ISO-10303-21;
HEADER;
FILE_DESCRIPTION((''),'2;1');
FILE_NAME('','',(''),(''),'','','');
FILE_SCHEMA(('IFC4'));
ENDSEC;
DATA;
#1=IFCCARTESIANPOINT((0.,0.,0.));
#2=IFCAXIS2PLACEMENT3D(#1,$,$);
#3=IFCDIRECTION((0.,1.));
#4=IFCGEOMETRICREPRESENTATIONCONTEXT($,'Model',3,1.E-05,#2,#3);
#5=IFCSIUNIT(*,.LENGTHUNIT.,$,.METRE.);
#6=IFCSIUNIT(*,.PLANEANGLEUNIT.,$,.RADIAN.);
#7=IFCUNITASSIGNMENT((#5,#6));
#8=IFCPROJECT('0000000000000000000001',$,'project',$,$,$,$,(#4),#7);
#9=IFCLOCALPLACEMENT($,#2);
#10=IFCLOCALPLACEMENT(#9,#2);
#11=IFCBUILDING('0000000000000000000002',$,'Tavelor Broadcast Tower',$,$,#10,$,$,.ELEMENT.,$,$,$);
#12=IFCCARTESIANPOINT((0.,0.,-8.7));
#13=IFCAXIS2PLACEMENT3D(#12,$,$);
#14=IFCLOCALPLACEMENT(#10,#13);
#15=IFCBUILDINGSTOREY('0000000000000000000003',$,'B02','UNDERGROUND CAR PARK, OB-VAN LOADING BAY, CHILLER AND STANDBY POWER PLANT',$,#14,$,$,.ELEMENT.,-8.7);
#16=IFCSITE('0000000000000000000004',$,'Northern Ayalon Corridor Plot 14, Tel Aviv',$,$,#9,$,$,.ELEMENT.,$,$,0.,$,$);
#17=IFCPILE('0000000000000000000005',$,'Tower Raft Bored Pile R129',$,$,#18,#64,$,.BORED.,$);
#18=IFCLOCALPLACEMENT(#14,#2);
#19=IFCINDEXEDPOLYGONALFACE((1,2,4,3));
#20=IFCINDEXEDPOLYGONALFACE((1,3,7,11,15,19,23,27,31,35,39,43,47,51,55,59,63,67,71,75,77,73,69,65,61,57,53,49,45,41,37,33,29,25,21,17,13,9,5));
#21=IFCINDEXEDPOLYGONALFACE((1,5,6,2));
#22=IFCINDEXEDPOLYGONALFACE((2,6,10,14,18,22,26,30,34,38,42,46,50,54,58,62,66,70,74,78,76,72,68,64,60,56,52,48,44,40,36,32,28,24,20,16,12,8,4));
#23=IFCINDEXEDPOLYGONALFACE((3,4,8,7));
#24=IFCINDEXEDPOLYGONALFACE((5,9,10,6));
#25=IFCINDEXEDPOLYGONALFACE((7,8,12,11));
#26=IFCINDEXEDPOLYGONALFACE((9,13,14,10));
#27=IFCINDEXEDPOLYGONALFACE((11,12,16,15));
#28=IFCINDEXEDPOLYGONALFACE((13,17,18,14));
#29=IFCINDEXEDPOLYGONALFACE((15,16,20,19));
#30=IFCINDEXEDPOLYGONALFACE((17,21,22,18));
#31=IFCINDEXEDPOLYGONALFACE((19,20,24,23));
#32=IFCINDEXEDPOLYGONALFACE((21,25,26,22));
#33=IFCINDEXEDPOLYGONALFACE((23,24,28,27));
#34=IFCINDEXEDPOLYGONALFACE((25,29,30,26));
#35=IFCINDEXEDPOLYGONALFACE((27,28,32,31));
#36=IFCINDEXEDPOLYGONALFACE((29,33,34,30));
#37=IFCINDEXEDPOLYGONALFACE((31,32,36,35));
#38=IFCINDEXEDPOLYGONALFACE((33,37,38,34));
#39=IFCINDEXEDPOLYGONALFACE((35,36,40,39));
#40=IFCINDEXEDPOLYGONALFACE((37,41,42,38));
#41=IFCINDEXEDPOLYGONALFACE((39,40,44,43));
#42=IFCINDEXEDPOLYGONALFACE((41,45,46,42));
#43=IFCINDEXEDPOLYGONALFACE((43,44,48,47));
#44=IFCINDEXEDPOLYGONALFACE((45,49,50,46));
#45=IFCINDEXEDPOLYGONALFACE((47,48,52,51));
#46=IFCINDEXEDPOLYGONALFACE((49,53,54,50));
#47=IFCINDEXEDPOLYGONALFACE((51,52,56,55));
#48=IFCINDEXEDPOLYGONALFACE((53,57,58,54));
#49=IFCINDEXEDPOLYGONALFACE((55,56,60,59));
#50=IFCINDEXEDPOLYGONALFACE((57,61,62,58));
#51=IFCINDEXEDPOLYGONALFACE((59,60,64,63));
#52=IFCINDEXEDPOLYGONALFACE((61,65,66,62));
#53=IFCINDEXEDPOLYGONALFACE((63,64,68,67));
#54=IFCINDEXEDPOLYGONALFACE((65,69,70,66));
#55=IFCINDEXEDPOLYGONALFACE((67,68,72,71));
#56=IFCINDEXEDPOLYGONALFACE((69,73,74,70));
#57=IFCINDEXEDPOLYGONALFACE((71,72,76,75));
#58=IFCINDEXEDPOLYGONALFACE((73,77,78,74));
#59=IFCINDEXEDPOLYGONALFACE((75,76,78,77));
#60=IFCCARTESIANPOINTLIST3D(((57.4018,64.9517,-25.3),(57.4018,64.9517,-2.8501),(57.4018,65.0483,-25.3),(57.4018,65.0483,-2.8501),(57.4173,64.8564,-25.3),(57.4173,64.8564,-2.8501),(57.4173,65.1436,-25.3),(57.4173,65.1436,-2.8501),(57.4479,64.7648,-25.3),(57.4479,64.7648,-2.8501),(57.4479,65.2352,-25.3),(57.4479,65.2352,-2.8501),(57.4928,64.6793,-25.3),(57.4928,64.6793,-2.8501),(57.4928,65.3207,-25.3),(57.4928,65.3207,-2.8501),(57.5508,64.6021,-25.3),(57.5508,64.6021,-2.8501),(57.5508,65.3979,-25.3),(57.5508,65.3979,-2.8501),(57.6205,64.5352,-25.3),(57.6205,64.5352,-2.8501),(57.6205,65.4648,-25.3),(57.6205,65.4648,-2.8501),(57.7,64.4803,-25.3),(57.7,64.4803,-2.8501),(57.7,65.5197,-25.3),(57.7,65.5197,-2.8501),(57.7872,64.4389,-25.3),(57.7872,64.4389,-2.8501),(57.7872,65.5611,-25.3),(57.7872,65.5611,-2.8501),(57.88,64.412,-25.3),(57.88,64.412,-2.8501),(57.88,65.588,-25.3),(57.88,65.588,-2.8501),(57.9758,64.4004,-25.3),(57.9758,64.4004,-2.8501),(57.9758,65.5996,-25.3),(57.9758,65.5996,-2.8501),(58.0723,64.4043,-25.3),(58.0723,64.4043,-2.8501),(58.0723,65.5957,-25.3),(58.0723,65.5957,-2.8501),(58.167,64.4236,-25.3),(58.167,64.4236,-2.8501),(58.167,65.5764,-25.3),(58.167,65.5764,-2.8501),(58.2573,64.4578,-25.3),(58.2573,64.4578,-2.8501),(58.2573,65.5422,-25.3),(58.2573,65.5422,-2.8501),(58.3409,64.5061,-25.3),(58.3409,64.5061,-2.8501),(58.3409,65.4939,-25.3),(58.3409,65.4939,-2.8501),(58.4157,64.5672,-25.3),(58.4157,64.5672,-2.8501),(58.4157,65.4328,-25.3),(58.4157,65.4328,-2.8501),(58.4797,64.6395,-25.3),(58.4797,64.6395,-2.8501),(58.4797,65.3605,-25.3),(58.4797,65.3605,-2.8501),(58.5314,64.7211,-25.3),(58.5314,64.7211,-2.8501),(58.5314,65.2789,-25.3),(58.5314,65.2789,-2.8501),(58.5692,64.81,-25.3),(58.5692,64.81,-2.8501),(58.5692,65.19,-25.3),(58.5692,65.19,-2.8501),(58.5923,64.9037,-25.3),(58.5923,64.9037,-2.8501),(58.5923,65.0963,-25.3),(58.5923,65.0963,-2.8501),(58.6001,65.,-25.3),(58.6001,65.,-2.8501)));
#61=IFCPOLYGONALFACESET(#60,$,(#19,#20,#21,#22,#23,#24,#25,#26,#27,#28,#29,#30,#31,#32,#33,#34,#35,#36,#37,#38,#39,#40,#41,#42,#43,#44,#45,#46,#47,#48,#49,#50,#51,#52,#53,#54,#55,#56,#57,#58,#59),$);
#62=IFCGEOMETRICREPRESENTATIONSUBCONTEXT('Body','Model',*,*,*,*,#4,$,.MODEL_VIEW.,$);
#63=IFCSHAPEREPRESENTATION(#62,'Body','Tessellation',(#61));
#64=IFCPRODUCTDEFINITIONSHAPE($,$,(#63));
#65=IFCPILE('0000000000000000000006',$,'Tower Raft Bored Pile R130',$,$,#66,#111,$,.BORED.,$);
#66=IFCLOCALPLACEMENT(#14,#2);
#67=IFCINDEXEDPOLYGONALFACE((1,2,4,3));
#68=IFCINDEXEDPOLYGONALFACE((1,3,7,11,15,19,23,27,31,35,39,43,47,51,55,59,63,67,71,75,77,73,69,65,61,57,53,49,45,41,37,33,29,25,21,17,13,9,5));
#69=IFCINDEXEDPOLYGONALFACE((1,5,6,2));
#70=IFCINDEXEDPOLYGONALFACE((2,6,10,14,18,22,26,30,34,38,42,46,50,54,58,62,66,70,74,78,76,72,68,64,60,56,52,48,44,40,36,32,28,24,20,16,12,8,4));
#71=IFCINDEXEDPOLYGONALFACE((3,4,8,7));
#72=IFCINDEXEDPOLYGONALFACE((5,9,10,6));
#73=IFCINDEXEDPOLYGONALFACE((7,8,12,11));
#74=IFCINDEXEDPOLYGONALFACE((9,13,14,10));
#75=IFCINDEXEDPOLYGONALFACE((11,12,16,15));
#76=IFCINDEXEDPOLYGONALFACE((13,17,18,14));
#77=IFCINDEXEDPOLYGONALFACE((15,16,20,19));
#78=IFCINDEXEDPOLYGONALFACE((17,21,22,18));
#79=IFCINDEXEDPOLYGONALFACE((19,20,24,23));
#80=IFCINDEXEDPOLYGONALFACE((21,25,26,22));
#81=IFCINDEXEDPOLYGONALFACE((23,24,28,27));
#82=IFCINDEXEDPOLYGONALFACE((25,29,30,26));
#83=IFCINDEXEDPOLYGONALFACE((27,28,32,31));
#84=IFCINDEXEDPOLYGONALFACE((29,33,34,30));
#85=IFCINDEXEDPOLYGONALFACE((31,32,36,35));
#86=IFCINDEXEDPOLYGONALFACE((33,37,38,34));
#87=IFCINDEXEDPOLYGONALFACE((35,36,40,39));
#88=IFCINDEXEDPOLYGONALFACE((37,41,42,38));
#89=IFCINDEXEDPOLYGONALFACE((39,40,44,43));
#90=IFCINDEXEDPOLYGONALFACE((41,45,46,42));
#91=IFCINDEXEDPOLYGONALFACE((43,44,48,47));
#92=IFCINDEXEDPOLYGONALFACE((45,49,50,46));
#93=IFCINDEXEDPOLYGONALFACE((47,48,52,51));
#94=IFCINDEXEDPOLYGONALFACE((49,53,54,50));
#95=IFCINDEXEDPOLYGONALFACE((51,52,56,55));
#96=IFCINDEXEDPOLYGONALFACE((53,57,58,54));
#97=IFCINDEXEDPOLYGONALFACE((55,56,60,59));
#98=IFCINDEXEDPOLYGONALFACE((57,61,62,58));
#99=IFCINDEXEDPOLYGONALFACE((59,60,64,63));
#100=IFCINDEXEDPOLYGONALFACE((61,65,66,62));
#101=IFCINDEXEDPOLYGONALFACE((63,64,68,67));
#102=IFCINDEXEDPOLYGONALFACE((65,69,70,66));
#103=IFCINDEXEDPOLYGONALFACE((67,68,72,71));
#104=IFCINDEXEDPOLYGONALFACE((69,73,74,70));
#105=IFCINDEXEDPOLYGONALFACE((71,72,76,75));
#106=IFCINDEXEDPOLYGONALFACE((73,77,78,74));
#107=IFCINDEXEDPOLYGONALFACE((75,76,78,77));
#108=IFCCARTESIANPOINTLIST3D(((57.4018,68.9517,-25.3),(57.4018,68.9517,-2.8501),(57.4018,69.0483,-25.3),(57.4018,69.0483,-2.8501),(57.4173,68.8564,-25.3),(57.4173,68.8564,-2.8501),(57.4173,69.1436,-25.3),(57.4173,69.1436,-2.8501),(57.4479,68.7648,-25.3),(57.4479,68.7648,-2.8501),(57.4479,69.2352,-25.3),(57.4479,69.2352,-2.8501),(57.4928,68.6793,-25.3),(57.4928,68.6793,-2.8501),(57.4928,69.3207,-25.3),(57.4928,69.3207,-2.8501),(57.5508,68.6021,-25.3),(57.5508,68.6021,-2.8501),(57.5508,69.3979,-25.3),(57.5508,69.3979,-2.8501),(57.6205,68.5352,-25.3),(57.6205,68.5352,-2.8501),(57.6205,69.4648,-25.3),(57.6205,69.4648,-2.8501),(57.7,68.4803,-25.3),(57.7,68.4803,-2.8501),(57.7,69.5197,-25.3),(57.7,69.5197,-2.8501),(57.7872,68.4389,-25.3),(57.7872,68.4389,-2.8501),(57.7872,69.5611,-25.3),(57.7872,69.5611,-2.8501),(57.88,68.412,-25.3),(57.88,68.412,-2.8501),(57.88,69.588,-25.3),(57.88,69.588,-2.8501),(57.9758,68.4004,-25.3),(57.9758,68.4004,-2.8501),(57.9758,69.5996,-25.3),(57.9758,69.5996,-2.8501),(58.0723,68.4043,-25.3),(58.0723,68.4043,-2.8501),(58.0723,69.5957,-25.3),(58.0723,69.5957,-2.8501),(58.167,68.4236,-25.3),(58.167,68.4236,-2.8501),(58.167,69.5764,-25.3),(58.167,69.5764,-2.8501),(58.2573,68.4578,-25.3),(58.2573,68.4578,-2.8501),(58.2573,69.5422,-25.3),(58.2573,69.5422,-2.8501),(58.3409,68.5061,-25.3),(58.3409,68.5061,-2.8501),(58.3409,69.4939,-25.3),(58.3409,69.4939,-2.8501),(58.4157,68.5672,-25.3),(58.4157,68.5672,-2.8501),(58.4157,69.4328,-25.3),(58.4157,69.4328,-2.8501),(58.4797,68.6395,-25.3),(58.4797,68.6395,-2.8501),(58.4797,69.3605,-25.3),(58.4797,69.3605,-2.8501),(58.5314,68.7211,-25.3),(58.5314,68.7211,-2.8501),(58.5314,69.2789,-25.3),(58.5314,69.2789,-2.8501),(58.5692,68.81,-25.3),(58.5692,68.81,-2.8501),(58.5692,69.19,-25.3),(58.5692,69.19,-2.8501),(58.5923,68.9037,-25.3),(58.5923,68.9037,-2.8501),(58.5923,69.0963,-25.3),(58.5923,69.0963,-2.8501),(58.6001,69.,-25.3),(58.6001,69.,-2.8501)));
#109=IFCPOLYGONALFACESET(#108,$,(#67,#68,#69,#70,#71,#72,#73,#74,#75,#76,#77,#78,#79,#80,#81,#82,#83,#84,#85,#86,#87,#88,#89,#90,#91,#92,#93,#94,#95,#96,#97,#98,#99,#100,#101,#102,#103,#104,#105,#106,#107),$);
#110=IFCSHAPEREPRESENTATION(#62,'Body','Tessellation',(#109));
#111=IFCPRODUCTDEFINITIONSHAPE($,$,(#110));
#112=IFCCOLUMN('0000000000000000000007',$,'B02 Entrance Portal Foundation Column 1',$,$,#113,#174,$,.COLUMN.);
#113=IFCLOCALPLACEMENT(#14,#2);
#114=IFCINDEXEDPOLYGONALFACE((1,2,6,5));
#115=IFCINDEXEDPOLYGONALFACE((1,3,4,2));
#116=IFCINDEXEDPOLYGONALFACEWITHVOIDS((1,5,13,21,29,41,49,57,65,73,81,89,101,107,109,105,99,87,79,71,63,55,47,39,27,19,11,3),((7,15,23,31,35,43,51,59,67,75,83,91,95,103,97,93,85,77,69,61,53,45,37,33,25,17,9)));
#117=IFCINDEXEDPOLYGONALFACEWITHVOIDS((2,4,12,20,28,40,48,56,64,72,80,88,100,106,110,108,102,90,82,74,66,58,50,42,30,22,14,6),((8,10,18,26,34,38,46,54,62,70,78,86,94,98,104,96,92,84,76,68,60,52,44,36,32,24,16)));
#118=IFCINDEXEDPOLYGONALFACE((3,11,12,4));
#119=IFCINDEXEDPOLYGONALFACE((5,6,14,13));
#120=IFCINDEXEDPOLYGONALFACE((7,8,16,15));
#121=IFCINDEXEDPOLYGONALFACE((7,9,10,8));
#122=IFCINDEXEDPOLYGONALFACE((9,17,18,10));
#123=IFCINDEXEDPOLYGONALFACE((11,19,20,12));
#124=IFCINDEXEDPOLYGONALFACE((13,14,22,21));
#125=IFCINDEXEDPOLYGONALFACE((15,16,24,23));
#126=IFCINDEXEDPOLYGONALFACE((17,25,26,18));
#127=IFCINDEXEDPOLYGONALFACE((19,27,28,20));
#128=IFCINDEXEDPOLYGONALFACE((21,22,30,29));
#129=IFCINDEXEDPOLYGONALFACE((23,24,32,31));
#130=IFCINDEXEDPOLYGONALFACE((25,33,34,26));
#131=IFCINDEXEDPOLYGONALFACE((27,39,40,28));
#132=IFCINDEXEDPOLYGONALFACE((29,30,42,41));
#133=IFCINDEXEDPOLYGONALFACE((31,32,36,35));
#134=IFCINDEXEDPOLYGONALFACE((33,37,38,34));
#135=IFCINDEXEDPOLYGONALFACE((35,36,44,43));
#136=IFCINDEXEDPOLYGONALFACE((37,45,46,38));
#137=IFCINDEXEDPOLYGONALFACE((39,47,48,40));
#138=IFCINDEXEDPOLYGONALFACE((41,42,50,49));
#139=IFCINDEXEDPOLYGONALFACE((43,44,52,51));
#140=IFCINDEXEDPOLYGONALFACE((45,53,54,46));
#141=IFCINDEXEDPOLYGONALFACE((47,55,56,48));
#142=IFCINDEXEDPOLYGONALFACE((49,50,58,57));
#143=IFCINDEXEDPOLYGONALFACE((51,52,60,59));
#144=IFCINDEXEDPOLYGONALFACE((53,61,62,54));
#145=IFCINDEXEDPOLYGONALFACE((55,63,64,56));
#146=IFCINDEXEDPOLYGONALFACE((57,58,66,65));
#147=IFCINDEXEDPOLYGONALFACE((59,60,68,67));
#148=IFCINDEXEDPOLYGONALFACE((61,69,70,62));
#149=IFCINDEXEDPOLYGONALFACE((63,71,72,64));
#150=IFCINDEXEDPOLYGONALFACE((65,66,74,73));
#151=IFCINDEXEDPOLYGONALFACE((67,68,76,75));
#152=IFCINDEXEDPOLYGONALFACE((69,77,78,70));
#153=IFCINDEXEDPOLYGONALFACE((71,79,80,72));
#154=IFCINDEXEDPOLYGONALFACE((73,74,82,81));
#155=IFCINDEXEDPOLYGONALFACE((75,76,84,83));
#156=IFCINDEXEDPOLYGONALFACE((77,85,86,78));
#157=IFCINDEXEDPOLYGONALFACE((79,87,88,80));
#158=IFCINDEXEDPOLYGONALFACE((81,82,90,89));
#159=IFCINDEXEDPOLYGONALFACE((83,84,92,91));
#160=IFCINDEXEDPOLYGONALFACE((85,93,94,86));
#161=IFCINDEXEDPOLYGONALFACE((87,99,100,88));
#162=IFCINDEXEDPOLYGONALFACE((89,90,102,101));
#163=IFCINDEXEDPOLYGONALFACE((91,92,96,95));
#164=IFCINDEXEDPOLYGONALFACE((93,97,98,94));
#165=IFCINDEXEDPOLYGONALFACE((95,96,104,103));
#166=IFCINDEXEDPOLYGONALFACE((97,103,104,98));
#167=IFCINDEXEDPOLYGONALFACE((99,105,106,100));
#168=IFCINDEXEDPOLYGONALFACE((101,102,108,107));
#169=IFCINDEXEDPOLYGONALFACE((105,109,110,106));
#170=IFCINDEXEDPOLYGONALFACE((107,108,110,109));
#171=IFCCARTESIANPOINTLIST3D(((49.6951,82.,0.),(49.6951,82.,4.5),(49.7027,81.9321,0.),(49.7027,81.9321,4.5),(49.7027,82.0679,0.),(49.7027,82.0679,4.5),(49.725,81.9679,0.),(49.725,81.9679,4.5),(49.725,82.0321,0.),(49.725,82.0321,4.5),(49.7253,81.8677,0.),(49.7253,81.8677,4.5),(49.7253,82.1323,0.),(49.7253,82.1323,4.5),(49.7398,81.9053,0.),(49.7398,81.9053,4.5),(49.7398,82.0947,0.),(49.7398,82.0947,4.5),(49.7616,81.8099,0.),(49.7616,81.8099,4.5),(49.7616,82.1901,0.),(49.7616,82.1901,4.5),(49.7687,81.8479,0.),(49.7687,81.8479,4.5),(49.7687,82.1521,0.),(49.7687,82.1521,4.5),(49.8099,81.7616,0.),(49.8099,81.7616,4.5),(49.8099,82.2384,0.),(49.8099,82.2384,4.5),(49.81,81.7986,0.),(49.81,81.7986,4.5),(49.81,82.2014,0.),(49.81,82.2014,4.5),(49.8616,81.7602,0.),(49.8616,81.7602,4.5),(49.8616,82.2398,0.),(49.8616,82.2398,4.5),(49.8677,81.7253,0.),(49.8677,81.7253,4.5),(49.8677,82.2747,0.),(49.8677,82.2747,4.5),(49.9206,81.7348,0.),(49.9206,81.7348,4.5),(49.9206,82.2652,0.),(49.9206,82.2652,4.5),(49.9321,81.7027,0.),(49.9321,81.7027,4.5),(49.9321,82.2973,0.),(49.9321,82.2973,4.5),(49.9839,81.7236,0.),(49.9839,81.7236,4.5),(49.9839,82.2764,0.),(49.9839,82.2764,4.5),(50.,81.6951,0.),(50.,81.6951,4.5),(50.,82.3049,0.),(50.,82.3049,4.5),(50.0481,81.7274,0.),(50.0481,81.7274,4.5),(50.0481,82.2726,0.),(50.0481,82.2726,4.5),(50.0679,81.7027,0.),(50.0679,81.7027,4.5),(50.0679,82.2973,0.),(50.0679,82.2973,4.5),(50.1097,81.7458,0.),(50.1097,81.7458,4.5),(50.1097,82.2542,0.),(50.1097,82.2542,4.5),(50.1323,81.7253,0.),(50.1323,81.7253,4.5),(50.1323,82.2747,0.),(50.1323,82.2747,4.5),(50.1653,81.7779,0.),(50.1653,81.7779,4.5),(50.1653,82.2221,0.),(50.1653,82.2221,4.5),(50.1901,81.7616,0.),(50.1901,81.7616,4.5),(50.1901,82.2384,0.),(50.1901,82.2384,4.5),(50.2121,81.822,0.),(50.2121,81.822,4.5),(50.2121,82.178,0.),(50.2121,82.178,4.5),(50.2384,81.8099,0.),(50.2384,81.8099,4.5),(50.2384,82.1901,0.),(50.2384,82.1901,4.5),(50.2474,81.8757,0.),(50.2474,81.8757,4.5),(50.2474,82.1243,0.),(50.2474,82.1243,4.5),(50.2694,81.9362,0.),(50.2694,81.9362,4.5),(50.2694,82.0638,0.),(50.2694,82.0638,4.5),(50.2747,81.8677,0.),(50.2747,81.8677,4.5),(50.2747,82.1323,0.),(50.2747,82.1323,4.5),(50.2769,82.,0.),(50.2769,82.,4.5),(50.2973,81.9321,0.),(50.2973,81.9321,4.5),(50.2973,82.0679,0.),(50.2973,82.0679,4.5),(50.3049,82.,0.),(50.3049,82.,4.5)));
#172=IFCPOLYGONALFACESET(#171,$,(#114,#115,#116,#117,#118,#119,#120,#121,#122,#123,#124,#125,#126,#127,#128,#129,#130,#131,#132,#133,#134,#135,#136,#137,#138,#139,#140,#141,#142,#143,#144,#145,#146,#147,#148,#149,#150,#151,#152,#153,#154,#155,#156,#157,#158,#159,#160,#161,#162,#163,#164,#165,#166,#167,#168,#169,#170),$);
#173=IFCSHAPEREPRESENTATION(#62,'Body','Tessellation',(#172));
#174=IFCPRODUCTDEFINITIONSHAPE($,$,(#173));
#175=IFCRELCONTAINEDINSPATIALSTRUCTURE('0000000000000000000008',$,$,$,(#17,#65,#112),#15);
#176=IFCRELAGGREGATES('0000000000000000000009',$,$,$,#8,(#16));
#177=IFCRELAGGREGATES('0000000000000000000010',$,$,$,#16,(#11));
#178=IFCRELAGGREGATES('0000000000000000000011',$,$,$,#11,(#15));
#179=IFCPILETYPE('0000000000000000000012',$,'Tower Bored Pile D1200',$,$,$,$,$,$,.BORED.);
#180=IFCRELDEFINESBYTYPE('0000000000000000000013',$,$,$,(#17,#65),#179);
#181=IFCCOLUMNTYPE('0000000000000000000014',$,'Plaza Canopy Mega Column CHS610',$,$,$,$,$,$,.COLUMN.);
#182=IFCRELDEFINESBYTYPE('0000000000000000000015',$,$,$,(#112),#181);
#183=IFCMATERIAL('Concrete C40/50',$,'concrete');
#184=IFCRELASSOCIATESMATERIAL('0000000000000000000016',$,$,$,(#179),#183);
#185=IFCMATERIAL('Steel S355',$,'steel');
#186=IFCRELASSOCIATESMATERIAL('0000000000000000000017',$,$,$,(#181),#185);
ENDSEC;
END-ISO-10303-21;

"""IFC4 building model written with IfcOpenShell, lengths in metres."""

from ifc_helpers import new_model, si_unit, direction, frame, origin, origin_2d, place, context, subcontext, project, spatial, circle, hollow_circle, extrude, material, material_profile, profile_set, type_object, element, save


model = new_model("IFC4")

# Units and contexts
model_context = context("Model", 3, precision=1e-05, world=origin(), true_north=direction((0.0, 1.0)))
body_context = subcontext(model_context, "Body", "Model", "MODEL_VIEW")
ifc_project = project(units=[si_unit("LENGTHUNIT", "METRE"), si_unit("PLANEANGLEUNIT", "RADIAN")], contexts=[model_context])

# Site, building, storey
site_placement = place(None, origin())
site = spatial("IfcSite", under=ifc_project, at=site_placement, Name="Northern Ayalon Corridor Plot 14, Tel Aviv", CompositionType="ELEMENT", RefElevation=0.0)
building_placement = place(site_placement, origin())
building = spatial("IfcBuilding", under=site, at=building_placement, Name="Tavelor Broadcast Tower", CompositionType="ELEMENT")
storey_placement = place(building_placement, frame((0.0, 0.0, -8.7)))
storey = spatial("IfcBuildingStorey", under=building, at=storey_placement, Name="B02", Description="UNDERGROUND CAR PARK, OB-VAN LOADING BAY, CHILLER AND STANDBY POWER PLANT", CompositionType="ELEMENT", Elevation=-8.7)

# Shared definitions
ifc_material_1 = material(Name="Concrete C40/50", Category="concrete")

# Piles
ifc_material_profile_1 = material_profile(ifc_material_1, circle(Radius=0.6001, at=origin_2d()), Name="PILE D1200")
ifc_profile_set_1 = profile_set([ifc_material_profile_1], Name="Concrete C40/50")
pile_type_1 = type_object("IfcPileType", Name="Tower Bored Pile D1200", PredefinedType="BORED", material=ifc_profile_set_1)
for number, where, z_axis, x_axis, name in (
    (1, (58.0, 65.0, -2.8501), (0.0, 0.0, -1.0), (1.0, 0.0, 0.0), "Tower Raft Bored Pile R129"),
    (2, (58.0, 69.0, -2.8501), (0.0, 0.0, -1.0), (1.0, 0.0, 0.0), "Tower Raft Bored Pile R130"),
):
    element("IfcPile", number, at=place(storey_placement, frame(where, z_axis=z_axis, x_axis=x_axis)), inside=storey, type_object=pile_type_1, Name=name, PredefinedType="BORED", context=body_context, shape_type="SweptSolid", body=[
        extrude(circle(Radius=0.6001, at=origin_2d()), origin(), (0.0, 0.0, 1.0), 22.45),
    ])

# Column
ifc_material_2 = material(Name="Steel S355", Category="steel")
ifc_material_profile_2 = material_profile(ifc_material_2, hollow_circle(Radius=0.3049, WallThickness=0.0281, at=origin_2d()), Name="CHS 610x28")
ifc_profile_set_2 = profile_set([ifc_material_profile_2], Name="Steel S355")
column_type_1 = type_object("IfcColumnType", Name="Plaza Canopy Mega Column CHS610", PredefinedType="COLUMN", material=ifc_profile_set_2)
column_1_placement = place(storey_placement, frame((50.0, 82.0, 0.0), z_axis=(0.0, 0.0, 1.0), x_axis=(1.0, 0.0, 0.0)))
element("IfcColumn", 3, at=column_1_placement, inside=storey, type_object=column_type_1, Name="B02 Entrance Portal Foundation Column 1", PredefinedType="COLUMN", context=body_context, shape_type="SweptSolid", body=[
    extrude(hollow_circle(Radius=0.3049, WallThickness=0.0281, at=origin_2d()), origin(), (0.0, 0.0, 1.0), 4.5),
])

save(model, "model.ifc")
